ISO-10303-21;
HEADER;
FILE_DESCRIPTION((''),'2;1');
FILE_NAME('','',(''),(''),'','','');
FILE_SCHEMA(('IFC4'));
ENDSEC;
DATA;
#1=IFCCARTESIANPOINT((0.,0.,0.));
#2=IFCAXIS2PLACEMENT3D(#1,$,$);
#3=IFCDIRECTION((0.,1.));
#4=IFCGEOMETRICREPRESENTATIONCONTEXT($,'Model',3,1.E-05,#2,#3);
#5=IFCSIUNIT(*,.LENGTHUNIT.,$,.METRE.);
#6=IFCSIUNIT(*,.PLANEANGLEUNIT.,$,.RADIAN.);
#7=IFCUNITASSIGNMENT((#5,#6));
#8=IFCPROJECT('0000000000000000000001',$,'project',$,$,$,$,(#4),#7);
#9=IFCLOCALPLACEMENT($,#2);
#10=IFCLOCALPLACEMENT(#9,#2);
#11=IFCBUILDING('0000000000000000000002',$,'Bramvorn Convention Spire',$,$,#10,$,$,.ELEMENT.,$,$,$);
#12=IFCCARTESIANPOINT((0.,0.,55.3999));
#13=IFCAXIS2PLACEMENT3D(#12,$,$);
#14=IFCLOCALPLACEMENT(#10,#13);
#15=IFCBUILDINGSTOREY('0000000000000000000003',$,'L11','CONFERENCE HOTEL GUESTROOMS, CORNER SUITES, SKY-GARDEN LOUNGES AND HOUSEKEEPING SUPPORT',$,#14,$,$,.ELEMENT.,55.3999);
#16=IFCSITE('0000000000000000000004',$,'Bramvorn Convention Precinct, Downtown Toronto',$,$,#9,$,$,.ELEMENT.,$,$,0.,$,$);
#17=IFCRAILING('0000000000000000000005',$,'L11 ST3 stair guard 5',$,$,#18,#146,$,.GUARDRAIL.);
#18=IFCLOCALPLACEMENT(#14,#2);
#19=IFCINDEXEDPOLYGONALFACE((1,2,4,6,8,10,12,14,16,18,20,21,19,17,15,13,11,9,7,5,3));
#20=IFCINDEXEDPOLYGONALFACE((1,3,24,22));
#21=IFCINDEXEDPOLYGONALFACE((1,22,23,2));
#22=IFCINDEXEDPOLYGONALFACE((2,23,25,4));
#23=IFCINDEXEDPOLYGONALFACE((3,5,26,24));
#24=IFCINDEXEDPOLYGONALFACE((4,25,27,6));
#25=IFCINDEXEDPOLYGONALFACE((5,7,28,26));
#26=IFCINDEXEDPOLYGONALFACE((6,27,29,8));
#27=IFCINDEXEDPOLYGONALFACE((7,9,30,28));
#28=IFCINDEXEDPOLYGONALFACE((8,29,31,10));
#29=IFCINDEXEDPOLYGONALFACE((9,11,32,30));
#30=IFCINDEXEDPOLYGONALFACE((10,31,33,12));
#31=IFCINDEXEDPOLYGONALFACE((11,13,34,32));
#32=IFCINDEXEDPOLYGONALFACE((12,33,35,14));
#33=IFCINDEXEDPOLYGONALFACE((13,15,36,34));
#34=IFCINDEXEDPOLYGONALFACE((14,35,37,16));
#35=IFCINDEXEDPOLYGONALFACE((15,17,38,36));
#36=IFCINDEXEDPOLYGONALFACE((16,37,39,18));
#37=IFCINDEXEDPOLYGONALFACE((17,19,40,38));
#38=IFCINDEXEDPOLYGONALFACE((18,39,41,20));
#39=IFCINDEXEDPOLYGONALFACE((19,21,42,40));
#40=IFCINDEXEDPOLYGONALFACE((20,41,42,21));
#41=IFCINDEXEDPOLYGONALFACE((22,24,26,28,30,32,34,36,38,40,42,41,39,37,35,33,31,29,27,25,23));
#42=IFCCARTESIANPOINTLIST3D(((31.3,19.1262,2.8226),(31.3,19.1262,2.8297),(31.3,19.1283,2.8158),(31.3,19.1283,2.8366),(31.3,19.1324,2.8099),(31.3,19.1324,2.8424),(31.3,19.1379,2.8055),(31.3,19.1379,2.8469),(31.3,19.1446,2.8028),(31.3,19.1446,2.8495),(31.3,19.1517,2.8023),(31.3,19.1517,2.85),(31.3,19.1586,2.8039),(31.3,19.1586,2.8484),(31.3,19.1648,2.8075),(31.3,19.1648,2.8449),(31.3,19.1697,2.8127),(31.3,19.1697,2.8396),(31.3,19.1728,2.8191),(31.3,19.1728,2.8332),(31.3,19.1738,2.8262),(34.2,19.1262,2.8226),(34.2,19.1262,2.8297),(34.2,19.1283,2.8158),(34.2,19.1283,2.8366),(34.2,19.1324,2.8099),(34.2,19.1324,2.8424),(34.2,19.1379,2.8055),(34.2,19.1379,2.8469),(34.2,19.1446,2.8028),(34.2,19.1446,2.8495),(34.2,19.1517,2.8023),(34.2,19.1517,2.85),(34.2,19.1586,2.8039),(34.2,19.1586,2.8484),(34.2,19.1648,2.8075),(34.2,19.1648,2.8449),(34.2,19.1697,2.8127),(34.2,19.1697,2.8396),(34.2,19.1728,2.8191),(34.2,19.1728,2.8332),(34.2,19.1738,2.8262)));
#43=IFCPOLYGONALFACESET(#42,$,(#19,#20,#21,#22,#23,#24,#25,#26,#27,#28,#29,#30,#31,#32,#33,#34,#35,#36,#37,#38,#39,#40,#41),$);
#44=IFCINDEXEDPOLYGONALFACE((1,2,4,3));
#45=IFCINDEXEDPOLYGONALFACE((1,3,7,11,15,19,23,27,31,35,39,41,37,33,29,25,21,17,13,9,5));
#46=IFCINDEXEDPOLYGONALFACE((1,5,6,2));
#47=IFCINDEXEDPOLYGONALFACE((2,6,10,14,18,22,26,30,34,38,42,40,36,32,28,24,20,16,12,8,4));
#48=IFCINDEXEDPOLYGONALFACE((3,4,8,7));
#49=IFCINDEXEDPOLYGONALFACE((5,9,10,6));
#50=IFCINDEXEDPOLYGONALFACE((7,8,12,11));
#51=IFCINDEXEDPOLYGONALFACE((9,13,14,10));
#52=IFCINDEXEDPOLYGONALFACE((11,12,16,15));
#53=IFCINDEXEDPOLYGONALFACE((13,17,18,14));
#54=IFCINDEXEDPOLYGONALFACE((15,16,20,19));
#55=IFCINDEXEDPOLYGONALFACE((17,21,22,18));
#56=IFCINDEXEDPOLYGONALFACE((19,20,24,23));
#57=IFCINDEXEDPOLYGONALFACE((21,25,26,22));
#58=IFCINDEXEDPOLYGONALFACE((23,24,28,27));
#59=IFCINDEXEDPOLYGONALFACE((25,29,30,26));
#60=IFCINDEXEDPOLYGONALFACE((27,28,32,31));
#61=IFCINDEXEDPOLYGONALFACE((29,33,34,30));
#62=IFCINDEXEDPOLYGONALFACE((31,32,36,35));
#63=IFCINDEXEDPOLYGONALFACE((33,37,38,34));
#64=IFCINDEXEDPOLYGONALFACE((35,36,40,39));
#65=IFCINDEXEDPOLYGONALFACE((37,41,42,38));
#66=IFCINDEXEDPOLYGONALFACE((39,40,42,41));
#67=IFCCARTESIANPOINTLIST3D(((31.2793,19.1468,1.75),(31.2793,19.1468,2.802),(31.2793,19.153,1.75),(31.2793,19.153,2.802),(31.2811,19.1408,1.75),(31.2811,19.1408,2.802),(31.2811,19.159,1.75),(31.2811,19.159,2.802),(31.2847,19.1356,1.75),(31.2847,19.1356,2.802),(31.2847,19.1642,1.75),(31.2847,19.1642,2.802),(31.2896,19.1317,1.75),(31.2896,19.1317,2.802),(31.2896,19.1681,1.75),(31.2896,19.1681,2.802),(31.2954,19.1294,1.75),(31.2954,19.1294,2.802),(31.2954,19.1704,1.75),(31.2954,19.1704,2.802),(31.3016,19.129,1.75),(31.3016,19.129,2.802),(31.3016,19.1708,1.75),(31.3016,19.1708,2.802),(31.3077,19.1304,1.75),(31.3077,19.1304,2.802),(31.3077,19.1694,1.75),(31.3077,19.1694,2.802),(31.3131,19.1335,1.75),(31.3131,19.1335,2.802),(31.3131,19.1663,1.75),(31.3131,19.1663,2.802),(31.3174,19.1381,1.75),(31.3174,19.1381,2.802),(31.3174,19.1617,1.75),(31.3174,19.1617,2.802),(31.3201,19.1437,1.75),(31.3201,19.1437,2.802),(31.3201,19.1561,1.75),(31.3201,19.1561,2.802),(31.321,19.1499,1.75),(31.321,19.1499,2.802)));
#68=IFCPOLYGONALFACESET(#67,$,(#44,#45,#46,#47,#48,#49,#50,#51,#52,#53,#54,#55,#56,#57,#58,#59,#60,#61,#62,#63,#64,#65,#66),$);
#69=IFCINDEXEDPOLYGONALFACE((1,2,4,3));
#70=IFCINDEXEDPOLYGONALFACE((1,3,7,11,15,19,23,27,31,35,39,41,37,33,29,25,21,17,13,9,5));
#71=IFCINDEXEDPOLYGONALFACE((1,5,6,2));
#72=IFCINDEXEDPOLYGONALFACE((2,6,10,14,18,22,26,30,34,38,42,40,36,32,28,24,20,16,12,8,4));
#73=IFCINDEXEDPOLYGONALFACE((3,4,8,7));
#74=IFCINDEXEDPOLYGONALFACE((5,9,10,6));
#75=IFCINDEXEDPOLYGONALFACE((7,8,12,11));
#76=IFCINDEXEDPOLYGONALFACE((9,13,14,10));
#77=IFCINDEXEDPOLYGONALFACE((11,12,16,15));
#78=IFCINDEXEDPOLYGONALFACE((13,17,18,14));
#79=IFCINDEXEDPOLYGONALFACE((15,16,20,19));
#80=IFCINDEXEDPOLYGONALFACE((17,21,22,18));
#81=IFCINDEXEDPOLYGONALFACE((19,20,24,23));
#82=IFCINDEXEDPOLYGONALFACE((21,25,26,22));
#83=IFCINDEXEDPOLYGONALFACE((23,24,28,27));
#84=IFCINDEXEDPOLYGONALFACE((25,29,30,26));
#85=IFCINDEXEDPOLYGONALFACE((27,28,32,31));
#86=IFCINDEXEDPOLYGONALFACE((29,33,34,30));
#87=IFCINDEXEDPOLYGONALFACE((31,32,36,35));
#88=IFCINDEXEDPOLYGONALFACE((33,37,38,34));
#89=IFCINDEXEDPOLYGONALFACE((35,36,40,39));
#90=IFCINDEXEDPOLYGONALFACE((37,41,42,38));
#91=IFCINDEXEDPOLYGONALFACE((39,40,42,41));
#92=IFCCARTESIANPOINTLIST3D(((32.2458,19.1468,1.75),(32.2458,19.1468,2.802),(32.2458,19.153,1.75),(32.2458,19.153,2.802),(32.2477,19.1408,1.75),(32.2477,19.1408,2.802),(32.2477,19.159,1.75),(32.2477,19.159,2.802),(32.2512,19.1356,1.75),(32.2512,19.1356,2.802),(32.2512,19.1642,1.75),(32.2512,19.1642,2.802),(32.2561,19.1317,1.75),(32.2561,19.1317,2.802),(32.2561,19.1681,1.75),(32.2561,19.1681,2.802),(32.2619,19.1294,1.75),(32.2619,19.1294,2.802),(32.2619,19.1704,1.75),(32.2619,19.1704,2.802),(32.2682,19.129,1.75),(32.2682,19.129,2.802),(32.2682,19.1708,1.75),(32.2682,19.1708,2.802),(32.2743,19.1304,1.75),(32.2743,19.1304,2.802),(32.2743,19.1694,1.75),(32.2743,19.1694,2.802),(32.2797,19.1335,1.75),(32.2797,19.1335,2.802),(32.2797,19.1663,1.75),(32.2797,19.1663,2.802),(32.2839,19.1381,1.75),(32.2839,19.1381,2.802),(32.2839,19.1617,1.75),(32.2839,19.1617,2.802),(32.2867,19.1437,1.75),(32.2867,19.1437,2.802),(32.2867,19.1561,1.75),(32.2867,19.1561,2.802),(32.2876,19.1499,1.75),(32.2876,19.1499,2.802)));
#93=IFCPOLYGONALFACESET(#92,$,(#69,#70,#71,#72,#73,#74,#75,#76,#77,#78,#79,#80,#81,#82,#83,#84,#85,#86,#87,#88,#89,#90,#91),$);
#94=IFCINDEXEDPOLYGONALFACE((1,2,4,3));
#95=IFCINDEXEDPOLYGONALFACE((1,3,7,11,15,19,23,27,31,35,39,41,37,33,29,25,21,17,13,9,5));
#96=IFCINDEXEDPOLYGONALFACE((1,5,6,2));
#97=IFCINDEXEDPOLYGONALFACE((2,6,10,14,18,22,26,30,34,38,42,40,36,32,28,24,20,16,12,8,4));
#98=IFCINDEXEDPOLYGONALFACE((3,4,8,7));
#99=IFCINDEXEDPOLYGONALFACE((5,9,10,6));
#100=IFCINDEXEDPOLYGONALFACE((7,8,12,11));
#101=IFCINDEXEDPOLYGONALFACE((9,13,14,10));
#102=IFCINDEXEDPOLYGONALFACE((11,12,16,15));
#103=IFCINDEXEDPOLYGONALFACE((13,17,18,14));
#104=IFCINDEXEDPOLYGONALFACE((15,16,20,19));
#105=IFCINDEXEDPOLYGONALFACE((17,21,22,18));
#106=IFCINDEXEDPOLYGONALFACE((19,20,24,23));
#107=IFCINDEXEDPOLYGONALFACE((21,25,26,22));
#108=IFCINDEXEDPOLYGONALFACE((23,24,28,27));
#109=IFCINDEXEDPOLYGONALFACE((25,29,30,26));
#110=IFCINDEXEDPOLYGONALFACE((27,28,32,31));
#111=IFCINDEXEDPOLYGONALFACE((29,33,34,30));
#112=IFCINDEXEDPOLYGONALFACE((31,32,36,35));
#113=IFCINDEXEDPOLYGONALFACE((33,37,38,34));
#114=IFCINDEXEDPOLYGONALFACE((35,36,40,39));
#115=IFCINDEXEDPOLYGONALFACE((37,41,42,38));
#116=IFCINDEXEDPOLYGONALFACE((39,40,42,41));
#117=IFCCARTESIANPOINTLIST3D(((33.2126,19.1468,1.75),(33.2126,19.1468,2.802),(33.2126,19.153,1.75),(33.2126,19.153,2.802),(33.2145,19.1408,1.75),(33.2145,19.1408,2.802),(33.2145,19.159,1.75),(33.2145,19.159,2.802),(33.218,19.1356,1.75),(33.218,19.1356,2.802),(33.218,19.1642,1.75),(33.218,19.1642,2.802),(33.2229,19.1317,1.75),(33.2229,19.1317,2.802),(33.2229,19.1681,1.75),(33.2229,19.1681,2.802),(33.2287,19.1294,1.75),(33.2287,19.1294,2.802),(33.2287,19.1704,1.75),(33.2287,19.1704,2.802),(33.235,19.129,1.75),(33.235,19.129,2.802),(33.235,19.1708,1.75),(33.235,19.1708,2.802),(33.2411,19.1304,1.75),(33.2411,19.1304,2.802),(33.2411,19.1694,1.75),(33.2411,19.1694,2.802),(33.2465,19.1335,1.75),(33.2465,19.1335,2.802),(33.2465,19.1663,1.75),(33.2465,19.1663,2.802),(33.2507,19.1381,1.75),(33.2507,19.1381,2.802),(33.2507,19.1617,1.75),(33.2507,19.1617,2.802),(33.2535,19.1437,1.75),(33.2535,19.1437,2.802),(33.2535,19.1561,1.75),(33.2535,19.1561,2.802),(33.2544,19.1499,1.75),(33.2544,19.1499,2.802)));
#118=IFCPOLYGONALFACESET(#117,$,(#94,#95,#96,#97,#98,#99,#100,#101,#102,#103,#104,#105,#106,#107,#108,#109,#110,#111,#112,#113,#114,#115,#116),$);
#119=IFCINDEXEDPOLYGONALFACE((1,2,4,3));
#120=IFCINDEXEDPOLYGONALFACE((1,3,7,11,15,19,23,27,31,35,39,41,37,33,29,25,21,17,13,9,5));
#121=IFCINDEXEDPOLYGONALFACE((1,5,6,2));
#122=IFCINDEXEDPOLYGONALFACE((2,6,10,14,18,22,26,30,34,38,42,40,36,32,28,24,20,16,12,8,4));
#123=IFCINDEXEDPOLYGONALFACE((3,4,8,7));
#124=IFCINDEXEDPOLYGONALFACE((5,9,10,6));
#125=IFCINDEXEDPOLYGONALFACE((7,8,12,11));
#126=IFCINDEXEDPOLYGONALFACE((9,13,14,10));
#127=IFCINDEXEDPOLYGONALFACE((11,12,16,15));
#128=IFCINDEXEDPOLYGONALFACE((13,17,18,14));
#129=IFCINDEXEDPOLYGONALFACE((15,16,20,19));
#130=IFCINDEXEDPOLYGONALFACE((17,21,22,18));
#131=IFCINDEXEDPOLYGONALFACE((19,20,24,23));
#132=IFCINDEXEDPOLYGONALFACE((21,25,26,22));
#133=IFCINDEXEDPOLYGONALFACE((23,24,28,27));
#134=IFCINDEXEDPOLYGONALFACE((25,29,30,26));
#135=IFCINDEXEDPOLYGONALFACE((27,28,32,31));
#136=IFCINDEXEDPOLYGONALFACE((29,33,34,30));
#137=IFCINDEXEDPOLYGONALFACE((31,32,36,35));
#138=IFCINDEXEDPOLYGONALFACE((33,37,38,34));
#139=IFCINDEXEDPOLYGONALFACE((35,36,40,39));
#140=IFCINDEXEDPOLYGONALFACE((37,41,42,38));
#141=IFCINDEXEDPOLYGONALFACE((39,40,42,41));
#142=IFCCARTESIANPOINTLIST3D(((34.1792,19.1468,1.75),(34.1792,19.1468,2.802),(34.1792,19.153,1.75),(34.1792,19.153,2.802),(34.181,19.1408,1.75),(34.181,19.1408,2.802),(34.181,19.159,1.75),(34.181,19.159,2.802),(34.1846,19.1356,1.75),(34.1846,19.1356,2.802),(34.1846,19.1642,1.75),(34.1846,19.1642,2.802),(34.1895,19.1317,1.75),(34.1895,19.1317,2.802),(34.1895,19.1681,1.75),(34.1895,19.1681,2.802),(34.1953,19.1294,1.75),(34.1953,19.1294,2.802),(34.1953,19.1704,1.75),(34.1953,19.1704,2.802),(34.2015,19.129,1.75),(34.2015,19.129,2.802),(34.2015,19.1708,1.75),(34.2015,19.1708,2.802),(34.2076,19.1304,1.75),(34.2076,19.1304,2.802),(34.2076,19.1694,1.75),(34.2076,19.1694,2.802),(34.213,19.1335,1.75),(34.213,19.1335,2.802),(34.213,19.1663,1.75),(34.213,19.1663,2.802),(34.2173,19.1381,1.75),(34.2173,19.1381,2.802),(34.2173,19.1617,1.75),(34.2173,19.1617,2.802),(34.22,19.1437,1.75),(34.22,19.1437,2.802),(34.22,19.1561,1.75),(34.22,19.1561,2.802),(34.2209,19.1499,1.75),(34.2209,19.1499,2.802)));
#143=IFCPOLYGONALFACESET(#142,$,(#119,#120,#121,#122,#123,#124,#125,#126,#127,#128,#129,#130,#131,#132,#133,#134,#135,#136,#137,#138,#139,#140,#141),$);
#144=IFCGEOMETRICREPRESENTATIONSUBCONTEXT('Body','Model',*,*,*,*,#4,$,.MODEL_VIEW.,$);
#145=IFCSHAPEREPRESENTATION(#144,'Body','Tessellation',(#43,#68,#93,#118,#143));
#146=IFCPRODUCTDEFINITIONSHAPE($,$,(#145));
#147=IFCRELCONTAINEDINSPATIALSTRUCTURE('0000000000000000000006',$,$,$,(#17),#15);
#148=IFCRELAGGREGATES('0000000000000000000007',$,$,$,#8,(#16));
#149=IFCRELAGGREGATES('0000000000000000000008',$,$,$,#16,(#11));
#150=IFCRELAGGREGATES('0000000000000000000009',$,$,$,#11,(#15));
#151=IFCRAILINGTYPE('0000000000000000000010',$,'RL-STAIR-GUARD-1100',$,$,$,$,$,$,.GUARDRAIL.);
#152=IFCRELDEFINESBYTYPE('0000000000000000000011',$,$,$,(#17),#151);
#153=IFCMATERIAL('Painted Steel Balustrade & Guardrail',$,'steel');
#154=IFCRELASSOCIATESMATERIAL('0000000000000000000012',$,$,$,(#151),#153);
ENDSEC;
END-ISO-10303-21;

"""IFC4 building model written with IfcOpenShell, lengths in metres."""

from ifc_helpers import new_model, si_unit, direction, frame, origin, origin_2d, place, context, subcontext, project, spatial, circle, extrude, material, type_object, element, save


model = new_model("IFC4")

# Units and contexts
model_context = context("Model", 3, precision=1e-05, world=origin(), true_north=direction((0.0, 1.0)))
body_context = subcontext(model_context, "Body", "Model", "MODEL_VIEW")
ifc_project = project(units=[si_unit("LENGTHUNIT", "METRE"), si_unit("PLANEANGLEUNIT", "RADIAN")], contexts=[model_context])

# Site, building, storey
site_placement = place(None, origin())
site = spatial("IfcSite", under=ifc_project, at=site_placement, Name="Bramvorn Convention Precinct, Downtown Toronto", CompositionType="ELEMENT", RefElevation=0.0)
building_placement = place(site_placement, origin())
building = spatial("IfcBuilding", under=site, at=building_placement, Name="Bramvorn Convention Spire", CompositionType="ELEMENT")
storey_placement = place(building_placement, frame((0.0, 0.0, 55.3999)))
storey = spatial("IfcBuildingStorey", under=building, at=storey_placement, Name="L11", Description="CONFERENCE HOTEL GUESTROOMS, CORNER SUITES, SKY-GARDEN LOUNGES AND HOUSEKEEPING SUPPORT", CompositionType="ELEMENT", Elevation=55.3999)

# Railing
ifc_material_1 = material(Name="Painted Steel Balustrade & Guardrail", Category="steel")
railing_type = type_object("IfcRailingType", Name="RL-STAIR-GUARD-1100", PredefinedType="GUARDRAIL", material=ifc_material_1)
railing_1_placement = place(storey_placement, frame((31.3, 19.1499, 1.75)))
element("IfcRailing", 1, at=railing_1_placement, inside=storey, type_object=railing_type, Name="L11 ST3 stair guard 5", PredefinedType="GUARDRAIL", context=body_context, shape_type="SweptSolid", body=[
    extrude(circle(Radius=0.0239, at=origin_2d()), frame((0.0, 0.0, 1.0762), z_axis=(1.0, 0.0, 0.0), x_axis=(0.0, 1.0, 0.0)), (0.0, 0.0, 1.0), 2.8999),
    extrude(circle(Radius=0.021, at=origin_2d()), origin(), (0.0, 0.0, 1.0), 1.052),
    extrude(circle(Radius=0.021, at=origin_2d()), frame((0.9666, 0.0, 0.0)), (0.0, 0.0, 1.0), 1.052),
    extrude(circle(Radius=0.021, at=origin_2d()), frame((1.9333, 0.0, 0.0)), (0.0, 0.0, 1.0), 1.052),
    extrude(circle(Radius=0.021, at=origin_2d()), frame((2.8999, 0.0, 0.0)), (0.0, 0.0, 1.0), 1.052),
])

save(model, "model.ifc")
